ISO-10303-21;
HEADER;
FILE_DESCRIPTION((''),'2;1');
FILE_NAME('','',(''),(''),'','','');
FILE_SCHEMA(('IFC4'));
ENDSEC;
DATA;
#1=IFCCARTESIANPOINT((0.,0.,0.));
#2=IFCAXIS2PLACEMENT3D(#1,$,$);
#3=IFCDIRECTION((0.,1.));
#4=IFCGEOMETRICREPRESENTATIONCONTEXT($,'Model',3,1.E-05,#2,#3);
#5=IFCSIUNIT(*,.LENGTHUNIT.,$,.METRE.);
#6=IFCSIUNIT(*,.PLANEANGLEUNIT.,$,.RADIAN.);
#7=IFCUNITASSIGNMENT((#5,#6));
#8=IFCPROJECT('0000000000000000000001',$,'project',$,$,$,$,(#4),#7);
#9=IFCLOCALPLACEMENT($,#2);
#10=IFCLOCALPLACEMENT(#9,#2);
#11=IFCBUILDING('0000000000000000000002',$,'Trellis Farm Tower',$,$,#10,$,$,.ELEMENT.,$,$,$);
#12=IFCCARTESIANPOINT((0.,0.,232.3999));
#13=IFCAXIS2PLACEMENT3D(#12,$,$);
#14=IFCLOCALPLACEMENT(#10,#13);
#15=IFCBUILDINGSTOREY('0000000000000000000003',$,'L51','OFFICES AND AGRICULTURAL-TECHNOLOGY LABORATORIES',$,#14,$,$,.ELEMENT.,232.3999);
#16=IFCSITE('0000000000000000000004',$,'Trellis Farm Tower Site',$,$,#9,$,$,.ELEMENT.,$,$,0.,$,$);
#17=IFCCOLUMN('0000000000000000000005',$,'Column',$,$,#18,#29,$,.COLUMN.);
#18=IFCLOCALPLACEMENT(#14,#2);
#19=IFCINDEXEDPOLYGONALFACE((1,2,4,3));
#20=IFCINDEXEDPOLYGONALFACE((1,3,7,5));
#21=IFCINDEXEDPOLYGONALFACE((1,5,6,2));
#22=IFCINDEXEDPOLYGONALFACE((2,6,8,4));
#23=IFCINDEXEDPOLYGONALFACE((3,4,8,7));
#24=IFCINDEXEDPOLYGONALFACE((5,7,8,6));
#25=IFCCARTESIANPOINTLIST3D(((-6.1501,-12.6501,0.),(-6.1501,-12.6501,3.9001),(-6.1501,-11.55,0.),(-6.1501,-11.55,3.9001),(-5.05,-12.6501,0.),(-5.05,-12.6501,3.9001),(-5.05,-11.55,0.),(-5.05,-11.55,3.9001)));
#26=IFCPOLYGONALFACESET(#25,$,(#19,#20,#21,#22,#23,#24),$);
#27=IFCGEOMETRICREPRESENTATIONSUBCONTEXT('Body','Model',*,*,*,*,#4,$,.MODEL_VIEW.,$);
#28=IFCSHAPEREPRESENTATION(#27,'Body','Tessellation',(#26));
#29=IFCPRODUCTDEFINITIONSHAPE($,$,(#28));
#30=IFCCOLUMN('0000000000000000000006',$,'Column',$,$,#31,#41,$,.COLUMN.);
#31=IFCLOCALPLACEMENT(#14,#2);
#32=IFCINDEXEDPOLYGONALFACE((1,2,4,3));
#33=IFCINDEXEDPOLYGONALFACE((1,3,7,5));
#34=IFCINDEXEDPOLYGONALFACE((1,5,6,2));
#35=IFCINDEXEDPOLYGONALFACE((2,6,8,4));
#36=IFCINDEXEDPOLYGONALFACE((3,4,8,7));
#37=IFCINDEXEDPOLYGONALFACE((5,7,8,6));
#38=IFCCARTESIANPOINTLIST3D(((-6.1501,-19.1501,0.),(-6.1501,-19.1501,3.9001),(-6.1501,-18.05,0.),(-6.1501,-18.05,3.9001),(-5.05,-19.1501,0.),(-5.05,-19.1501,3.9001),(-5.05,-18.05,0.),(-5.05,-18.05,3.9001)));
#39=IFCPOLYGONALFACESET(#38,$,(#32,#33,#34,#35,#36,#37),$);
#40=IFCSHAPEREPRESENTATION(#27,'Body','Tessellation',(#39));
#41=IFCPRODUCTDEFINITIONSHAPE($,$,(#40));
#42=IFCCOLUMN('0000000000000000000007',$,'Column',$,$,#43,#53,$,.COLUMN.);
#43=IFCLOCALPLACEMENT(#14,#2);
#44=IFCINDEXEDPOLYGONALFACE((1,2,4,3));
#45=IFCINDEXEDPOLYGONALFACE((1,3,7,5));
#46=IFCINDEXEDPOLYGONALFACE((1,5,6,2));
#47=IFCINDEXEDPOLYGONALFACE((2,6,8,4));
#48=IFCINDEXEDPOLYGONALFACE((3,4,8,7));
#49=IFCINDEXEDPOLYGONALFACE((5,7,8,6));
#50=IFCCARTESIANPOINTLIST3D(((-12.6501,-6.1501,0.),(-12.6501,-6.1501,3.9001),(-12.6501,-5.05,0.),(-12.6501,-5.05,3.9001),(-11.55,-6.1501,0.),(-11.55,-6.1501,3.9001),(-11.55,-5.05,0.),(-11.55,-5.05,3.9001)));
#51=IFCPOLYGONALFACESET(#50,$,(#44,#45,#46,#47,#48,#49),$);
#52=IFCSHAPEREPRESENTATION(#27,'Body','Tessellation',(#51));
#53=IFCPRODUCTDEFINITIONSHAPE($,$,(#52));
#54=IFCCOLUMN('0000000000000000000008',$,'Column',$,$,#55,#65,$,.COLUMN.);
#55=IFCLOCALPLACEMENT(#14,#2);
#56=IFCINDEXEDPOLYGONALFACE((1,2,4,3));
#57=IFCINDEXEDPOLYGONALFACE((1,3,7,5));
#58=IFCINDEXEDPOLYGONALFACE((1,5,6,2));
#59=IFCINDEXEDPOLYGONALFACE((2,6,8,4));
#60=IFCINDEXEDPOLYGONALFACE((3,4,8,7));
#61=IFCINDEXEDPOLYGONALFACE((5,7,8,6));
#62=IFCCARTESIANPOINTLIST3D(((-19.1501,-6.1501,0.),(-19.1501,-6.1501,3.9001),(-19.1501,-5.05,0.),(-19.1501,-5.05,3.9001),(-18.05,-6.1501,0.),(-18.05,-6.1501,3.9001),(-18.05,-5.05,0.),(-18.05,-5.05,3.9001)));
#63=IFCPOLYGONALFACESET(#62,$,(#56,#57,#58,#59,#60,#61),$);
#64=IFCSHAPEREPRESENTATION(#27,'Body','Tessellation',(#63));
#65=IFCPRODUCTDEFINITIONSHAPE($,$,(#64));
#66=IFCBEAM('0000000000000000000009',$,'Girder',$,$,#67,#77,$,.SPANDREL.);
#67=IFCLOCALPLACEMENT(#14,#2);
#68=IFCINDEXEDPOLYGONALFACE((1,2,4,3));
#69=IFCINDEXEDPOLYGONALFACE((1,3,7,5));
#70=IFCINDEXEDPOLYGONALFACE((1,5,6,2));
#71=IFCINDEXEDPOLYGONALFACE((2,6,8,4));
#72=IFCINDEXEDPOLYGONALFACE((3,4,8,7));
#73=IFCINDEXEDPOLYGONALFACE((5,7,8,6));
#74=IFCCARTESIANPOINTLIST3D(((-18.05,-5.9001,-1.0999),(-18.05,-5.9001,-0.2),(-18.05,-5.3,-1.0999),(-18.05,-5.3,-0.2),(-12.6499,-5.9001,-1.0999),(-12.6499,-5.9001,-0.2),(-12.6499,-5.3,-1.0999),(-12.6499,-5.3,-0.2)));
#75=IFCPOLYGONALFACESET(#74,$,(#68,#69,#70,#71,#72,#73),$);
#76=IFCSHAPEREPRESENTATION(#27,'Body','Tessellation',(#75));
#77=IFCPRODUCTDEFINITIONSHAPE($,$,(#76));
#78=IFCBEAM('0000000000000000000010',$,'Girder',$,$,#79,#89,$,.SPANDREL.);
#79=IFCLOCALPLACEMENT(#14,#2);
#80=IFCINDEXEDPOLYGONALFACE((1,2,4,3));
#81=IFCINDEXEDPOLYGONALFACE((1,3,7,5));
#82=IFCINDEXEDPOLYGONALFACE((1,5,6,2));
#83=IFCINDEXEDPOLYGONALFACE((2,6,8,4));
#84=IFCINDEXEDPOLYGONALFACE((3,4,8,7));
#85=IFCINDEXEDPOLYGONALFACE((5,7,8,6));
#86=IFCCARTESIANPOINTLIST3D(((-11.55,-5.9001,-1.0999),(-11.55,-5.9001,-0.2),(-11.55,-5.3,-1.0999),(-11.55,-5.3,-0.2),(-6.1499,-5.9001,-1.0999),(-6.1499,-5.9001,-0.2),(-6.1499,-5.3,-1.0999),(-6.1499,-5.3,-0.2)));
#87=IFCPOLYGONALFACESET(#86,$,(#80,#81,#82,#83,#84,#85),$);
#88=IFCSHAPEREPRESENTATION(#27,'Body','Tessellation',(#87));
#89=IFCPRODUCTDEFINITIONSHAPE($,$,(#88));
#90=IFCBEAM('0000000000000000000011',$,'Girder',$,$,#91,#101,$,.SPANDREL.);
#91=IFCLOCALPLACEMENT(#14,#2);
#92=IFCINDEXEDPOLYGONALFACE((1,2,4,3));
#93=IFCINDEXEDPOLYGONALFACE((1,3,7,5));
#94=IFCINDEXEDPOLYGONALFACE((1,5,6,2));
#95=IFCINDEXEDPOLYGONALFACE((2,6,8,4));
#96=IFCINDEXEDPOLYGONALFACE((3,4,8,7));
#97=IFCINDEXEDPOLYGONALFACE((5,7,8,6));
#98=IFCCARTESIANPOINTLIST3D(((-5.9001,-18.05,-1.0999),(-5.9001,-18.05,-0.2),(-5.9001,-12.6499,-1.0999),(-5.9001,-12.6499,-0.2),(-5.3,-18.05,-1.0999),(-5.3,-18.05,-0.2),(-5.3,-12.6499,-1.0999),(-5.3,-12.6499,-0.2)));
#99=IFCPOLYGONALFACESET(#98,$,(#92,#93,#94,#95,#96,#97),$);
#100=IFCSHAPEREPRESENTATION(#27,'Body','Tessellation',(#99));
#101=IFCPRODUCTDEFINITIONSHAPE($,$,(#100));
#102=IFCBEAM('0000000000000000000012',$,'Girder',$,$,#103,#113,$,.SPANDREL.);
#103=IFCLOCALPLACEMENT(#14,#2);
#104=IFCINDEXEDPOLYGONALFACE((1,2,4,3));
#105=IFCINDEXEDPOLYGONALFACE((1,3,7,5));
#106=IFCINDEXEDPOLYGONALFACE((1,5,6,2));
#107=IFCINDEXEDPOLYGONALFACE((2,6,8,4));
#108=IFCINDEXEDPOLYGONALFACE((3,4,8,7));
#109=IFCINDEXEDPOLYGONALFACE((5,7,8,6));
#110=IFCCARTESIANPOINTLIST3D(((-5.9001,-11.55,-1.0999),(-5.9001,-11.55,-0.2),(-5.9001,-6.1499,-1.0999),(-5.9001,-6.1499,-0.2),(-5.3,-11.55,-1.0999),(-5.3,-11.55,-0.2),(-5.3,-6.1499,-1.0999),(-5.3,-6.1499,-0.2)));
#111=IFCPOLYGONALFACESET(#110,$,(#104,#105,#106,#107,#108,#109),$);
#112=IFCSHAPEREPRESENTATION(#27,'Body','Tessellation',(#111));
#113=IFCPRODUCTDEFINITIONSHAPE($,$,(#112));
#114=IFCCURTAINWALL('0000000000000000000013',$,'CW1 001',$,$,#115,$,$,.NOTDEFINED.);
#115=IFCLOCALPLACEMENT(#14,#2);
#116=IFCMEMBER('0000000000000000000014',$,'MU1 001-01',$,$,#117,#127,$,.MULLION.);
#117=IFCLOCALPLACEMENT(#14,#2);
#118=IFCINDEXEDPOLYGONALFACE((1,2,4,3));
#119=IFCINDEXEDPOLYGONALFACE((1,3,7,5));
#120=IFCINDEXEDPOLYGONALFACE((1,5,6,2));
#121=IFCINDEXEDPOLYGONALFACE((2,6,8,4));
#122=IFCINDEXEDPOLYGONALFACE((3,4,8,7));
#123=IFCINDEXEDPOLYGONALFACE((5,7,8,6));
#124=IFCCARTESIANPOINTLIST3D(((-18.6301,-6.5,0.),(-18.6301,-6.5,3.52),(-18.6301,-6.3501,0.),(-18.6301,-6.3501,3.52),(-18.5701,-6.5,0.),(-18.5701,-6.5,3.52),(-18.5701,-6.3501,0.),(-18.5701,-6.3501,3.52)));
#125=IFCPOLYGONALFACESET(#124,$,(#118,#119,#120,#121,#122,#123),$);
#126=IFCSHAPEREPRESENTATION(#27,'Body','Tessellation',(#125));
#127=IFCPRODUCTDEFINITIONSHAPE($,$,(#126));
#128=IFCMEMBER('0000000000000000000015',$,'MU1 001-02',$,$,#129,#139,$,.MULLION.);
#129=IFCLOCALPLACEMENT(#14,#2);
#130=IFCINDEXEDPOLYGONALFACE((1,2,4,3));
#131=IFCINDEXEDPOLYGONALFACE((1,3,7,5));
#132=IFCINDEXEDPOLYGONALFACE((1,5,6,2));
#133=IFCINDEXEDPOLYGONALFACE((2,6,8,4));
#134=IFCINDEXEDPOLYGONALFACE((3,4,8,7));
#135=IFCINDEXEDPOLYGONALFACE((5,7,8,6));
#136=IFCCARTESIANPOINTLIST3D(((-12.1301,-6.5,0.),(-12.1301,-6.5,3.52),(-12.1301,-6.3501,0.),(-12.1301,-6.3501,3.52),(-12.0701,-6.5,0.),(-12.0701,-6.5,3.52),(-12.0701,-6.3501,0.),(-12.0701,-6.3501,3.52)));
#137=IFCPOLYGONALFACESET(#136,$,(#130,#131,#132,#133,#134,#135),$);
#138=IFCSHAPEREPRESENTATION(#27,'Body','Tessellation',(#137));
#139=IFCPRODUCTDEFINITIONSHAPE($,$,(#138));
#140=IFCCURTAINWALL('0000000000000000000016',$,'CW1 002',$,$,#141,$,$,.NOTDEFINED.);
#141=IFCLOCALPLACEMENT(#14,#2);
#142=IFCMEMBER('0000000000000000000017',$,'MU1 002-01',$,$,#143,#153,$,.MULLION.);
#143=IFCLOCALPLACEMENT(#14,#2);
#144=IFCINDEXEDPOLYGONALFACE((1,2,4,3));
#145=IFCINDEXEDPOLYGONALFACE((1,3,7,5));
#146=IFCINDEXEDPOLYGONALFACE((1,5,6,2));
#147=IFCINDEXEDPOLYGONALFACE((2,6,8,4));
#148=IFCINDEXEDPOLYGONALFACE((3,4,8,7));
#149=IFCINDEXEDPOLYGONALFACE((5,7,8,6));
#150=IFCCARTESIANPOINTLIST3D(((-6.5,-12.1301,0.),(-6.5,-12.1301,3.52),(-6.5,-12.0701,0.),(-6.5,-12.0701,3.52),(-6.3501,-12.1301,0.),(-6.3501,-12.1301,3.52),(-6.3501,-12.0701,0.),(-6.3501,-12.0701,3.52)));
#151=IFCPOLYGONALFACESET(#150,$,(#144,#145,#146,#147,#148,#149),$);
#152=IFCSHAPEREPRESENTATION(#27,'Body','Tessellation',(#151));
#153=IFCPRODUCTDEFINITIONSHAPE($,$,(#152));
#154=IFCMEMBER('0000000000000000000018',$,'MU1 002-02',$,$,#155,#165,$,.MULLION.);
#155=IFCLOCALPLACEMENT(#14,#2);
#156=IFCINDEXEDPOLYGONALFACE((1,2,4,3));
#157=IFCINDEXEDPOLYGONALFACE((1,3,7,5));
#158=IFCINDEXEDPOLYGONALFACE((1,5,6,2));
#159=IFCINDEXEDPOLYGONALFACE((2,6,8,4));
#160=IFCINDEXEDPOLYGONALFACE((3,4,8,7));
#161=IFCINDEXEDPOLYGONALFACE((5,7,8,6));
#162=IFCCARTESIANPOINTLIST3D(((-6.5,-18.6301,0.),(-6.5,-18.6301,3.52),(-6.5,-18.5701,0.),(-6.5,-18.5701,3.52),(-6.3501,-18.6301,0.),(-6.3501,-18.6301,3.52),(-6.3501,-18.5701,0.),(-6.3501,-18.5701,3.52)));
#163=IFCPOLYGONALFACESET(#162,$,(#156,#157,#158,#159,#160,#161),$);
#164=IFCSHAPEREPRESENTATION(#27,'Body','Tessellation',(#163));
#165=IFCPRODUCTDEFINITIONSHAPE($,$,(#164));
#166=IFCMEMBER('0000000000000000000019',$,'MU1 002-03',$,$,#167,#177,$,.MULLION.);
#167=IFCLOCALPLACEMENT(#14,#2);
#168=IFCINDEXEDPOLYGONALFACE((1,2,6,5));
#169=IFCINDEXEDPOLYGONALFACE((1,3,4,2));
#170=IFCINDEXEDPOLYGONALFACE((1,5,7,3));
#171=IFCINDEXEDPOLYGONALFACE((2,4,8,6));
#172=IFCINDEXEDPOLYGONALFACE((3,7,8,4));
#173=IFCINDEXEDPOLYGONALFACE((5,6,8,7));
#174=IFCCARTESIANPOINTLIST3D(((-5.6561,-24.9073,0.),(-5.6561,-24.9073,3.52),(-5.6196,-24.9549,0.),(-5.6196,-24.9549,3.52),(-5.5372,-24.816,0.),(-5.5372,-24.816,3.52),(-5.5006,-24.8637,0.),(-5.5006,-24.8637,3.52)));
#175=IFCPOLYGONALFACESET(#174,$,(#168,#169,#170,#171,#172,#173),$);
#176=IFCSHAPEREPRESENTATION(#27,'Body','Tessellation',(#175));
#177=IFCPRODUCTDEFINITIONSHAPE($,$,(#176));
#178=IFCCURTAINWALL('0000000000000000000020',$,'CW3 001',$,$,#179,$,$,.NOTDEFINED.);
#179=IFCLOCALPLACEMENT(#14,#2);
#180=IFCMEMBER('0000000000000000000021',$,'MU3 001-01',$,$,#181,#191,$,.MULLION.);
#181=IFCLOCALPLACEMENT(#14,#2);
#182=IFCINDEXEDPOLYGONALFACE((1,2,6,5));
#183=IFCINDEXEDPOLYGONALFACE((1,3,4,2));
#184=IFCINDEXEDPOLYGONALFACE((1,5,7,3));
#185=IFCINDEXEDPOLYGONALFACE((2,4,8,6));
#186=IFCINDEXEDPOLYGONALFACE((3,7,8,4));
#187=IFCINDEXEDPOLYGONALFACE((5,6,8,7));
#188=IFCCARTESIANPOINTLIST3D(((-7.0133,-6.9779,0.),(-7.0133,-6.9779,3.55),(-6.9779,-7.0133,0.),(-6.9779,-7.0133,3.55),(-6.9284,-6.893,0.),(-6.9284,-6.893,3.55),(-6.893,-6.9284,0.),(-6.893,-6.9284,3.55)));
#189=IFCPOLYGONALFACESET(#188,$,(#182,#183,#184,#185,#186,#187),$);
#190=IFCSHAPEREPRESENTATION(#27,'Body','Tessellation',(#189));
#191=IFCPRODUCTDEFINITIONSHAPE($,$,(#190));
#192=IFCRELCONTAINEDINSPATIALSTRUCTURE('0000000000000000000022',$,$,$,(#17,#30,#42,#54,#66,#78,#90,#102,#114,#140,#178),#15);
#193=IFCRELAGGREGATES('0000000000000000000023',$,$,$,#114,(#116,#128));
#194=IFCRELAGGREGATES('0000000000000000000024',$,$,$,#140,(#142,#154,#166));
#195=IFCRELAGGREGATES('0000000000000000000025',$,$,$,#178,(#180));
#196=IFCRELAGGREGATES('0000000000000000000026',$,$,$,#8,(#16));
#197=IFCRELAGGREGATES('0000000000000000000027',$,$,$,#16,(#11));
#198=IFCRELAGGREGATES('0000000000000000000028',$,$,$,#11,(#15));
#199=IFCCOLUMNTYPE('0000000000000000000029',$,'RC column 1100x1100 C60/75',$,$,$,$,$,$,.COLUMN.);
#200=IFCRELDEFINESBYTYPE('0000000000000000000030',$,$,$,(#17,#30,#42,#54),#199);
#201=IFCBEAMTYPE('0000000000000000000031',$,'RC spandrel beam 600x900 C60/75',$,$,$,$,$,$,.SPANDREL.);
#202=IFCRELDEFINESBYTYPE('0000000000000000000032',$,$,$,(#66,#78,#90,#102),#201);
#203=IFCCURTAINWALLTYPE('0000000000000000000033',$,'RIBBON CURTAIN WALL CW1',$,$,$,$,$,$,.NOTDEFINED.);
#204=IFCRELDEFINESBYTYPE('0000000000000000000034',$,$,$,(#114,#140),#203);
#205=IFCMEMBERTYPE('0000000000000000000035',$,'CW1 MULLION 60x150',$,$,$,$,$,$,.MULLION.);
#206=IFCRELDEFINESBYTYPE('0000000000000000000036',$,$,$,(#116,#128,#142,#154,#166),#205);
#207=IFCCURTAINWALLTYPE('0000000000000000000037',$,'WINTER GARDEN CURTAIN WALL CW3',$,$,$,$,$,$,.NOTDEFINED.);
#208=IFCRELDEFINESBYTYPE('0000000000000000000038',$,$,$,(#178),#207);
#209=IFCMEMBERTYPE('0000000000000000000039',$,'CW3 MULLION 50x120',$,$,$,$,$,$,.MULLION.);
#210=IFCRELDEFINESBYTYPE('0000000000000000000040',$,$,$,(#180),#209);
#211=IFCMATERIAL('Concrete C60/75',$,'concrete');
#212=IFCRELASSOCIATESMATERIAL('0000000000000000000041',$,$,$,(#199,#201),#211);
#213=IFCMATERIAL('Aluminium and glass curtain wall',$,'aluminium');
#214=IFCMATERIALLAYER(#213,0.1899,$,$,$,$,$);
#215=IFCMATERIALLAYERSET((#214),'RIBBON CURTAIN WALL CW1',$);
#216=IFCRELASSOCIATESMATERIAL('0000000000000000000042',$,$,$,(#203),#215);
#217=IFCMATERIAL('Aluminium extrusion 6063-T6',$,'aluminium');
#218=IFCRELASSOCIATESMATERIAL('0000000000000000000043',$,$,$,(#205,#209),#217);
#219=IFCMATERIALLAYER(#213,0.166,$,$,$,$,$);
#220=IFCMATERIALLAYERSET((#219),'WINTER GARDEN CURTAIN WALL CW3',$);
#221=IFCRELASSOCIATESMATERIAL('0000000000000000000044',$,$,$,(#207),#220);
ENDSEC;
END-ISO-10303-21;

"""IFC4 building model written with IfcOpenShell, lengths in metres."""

from ifc_helpers import new_model, si_unit, direction, frame, origin, origin_2d, place, context, subcontext, project, spatial, rectangle, extrude, source, transform, mapped, material, layer, layer_set, material_profile, profile_set, type_object, element, aggregate, save


model = new_model("IFC4")

# Units and contexts
model_context = context("Model", 3, precision=1e-05, world=origin(), true_north=direction((0.0, 1.0)))
body_context = subcontext(model_context, "Body", "Model", "MODEL_VIEW")
ifc_project = project(units=[si_unit("LENGTHUNIT", "METRE"), si_unit("PLANEANGLEUNIT", "RADIAN")], contexts=[model_context])

# Site, building, storey
site_placement = place(None, origin())
site = spatial("IfcSite", under=ifc_project, at=site_placement, Name="Trellis Farm Tower Site", CompositionType="ELEMENT", RefElevation=0.0)
building_placement = place(site_placement, origin())
building = spatial("IfcBuilding", under=site, at=building_placement, Name="Trellis Farm Tower", CompositionType="ELEMENT")
storey_placement = place(building_placement, frame((0.0, 0.0, 232.3999)))
storey = spatial("IfcBuildingStorey", under=building, at=storey_placement, Name="L51", Description="OFFICES AND AGRICULTURAL-TECHNOLOGY LABORATORIES", CompositionType="ELEMENT", Elevation=232.3999)

# Columns
ifc_material_1 = material(Name="Concrete C60/75", Category="concrete")
ifc_material_profile_1 = material_profile(ifc_material_1, rectangle(XDim=1.1001, YDim=1.1001, at=origin_2d()), Name="RC column 1100x1100 C60/75")
ifc_profile_set_1 = profile_set([ifc_material_profile_1], Name="Concrete C60/75")
column_type = type_object("IfcColumnType", Name="RC column 1100x1100 C60/75", PredefinedType="COLUMN", material=ifc_profile_set_1)
shared_shape_1 = source(origin(), body_context, "Body", "SweptSolid", [
    extrude(rectangle(XDim=1.1001, YDim=1.1001, at=origin_2d()), origin(), (0.0, 0.0, 1.0), 3.9001),
])
for number, where, z_axis, x_axis, name in (
    (1, (-5.6001, -12.1001, 0.0), (0.0, 0.0, 1.0), (1.0, 0.0, 0.0), "Column"),
    (2, (-5.6001, -18.6001, 0.0), (0.0, 0.0, 1.0), (1.0, 0.0, 0.0), "Column"),
    (3, (-12.1001, -5.6001, 0.0), (0.0, 0.0, 1.0), (1.0, 0.0, 0.0), "Column"),
    (4, (-18.6001, -5.6001, 0.0), (0.0, 0.0, 1.0), (1.0, 0.0, 0.0), "Column"),
):
    element("IfcColumn", number, at=place(storey_placement, frame(where, z_axis=z_axis, x_axis=x_axis)), inside=storey, type_object=column_type, Name=name, PredefinedType="COLUMN", context=body_context, shape_type="MappedRepresentation", body=[
        mapped(shared_shape_1, transform((0.0, 0.0, 0.0))),
    ])

# Beams
ifc_material_profile_2 = material_profile(ifc_material_1, rectangle(XDim=0.6001, YDim=0.8999, at=origin_2d()), Name="RC spandrel beam 600x900 C60/75")
ifc_profile_set_2 = profile_set([ifc_material_profile_2], Name="Concrete C60/75")
beam_type = type_object("IfcBeamType", Name="RC spandrel beam 600x900 C60/75", PredefinedType="SPANDREL", material=ifc_profile_set_2)
shared_shape_2 = source(origin(), body_context, "Body", "SweptSolid", [
    extrude(rectangle(XDim=0.6001, YDim=0.8999, at=origin_2d()), origin(), (0.0, 0.0, 1.0), 5.4001),
])
for number, where, z_axis, x_axis, name in (
    (5, (-18.05, -5.6001, -0.6499), (1.0, 0.0, 0.0), (0.0, 1.0, 0.0), "Girder"),
    (6, (-11.55, -5.6001, -0.6499), (1.0, 0.0, 0.0), (0.0, 1.0, 0.0), "Girder"),
    (7, (-5.6001, -18.05, -0.6499), (0.0, 1.0, 0.0), (-1.0, 0.0, 0.0), "Girder"),
    (8, (-5.6001, -11.55, -0.6499), (0.0, 1.0, 0.0), (-1.0, 0.0, 0.0), "Girder"),
):
    element("IfcBeam", number, at=place(storey_placement, frame(where, z_axis=z_axis, x_axis=x_axis)), inside=storey, type_object=beam_type, Name=name, PredefinedType="SPANDREL", context=body_context, shape_type="MappedRepresentation", body=[
        mapped(shared_shape_2, transform((0.0, 0.0, 0.0))),
    ])

# Curtain walls, members
ifc_material_2 = material(Name="Aluminium and glass curtain wall", Category="aluminium")
ifc_layer_1 = layer(ifc_material_2, 0.1899)
ifc_layer_set_1 = layer_set([ifc_layer_1], Name="RIBBON CURTAIN WALL CW1")
curtain_wall_type_1 = type_object("IfcCurtainWallType", Name="RIBBON CURTAIN WALL CW1", PredefinedType="NOTDEFINED", material=ifc_layer_set_1)
placement = place(storey_placement, origin())
curtain_wall_1 = element("IfcCurtainWall", 9, at=placement, inside=storey, type_object=curtain_wall_type_1, Name="CW1 001", PredefinedType="NOTDEFINED")
ifc_material_3 = material(Name="Aluminium extrusion 6063-T6", Category="aluminium")
ifc_material_profile_3 = material_profile(ifc_material_3, rectangle(XDim=0.0601, YDim=0.1499, at=origin_2d()), Name="MULLION 60x150")
ifc_profile_set_3 = profile_set([ifc_material_profile_3], Name="Aluminium extrusion 6063-T6")
member_type_1 = type_object("IfcMemberType", Name="CW1 MULLION 60x150", PredefinedType="MULLION", material=ifc_profile_set_3)
shared_shape_3 = source(origin(), body_context, "Body", "SweptSolid", [
    extrude(rectangle(XDim=0.0601, YDim=0.1499, at=origin_2d()), origin(), (0.0, 0.0, 1.0), 3.52),
])
member_1_placement = place(storey_placement, frame((-18.6001, -6.425, 0.0), z_axis=(0.0, 0.0, 1.0), x_axis=(1.0, 0.0, 0.0)))
member_1 = element("IfcMember", 10, at=member_1_placement, type_object=member_type_1, Name="MU1 001-01", PredefinedType="MULLION", context=body_context, shape_type="MappedRepresentation", body=[
    mapped(shared_shape_3, transform((0.0, 0.0, 0.0))),
])
member_2_placement = place(storey_placement, frame((-12.1001, -6.425, 0.0), z_axis=(0.0, 0.0, 1.0), x_axis=(1.0, 0.0, 0.0)))
member_2 = element("IfcMember", 11, at=member_2_placement, type_object=member_type_1, Name="MU1 001-02", PredefinedType="MULLION", context=body_context, shape_type="MappedRepresentation", body=[
    mapped(shared_shape_3, transform((0.0, 0.0, 0.0))),
])
aggregate(curtain_wall_1, [member_1, member_2])
curtain_wall_2 = element("IfcCurtainWall", 12, at=placement, inside=storey, type_object=curtain_wall_type_1, Name="CW1 002", PredefinedType="NOTDEFINED")
member_3_placement = place(storey_placement, frame((-6.425, -12.1001, 0.0), z_axis=(0.0, 0.0, 1.0), x_axis=(0.0, -1.0, 0.0)))
member_3 = element("IfcMember", 13, at=member_3_placement, type_object=member_type_1, Name="MU1 002-01", PredefinedType="MULLION", context=body_context, shape_type="MappedRepresentation", body=[
    mapped(shared_shape_3, transform((0.0, 0.0, 0.0))),
])
member_4_placement = place(storey_placement, frame((-6.425, -18.6001, 0.0), z_axis=(0.0, 0.0, 1.0), x_axis=(0.0, -1.0, 0.0)))
member_4 = element("IfcMember", 14, at=member_4_placement, type_object=member_type_1, Name="MU1 002-02", PredefinedType="MULLION", context=body_context, shape_type="MappedRepresentation", body=[
    mapped(shared_shape_3, transform((0.0, 0.0, 0.0))),
])
member_5_placement = place(storey_placement, frame((-5.5784, -24.8855, 0.0), z_axis=(0.0, 0.0, 1.0), x_axis=(0.608761, -0.793353, 0.0)))
member_5 = element("IfcMember", 15, at=member_5_placement, type_object=member_type_1, Name="MU1 002-03", PredefinedType="MULLION", context=body_context, shape_type="MappedRepresentation", body=[
    mapped(shared_shape_3, transform((0.0, 0.0, 0.0))),
])
aggregate(curtain_wall_2, [member_3, member_4, member_5])

# Curtain wall, member
ifc_layer_2 = layer(ifc_material_2, 0.166)
ifc_layer_set_2 = layer_set([ifc_layer_2], Name="WINTER GARDEN CURTAIN WALL CW3")
curtain_wall_type_2 = type_object("IfcCurtainWallType", Name="WINTER GARDEN CURTAIN WALL CW3", PredefinedType="NOTDEFINED", material=ifc_layer_set_2)
curtain_wall_3 = element("IfcCurtainWall", 16, at=placement, inside=storey, type_object=curtain_wall_type_2, Name="CW3 001", PredefinedType="NOTDEFINED")
ifc_material_profile_4 = material_profile(ifc_material_3, rectangle(XDim=0.05, YDim=0.1201, at=origin_2d()), Name="MULLION 50x120")
ifc_profile_set_4 = profile_set([ifc_material_profile_4], Name="Aluminium extrusion 6063-T6")
member_type_2 = type_object("IfcMemberType", Name="CW3 MULLION 50x120", PredefinedType="MULLION", material=ifc_profile_set_4)
shared_shape_4 = source(origin(), body_context, "Body", "SweptSolid", [
    extrude(rectangle(XDim=0.05, YDim=0.1201, at=origin_2d()), origin(), (0.0, 0.0, 1.0), 3.55),
])
member_6_placement = place(storey_placement, frame((-6.9531, -6.9531, 0.0), z_axis=(0.0, 0.0, 1.0), x_axis=(0.707107, -0.707107, 0.0)))
member_6 = element("IfcMember", 17, at=member_6_placement, type_object=member_type_2, Name="MU3 001-01", PredefinedType="MULLION", context=body_context, shape_type="MappedRepresentation", body=[
    mapped(shared_shape_4, transform((0.0, 0.0, 0.0))),
])
aggregate(curtain_wall_3, [member_6])

save(model, "model.ifc")
